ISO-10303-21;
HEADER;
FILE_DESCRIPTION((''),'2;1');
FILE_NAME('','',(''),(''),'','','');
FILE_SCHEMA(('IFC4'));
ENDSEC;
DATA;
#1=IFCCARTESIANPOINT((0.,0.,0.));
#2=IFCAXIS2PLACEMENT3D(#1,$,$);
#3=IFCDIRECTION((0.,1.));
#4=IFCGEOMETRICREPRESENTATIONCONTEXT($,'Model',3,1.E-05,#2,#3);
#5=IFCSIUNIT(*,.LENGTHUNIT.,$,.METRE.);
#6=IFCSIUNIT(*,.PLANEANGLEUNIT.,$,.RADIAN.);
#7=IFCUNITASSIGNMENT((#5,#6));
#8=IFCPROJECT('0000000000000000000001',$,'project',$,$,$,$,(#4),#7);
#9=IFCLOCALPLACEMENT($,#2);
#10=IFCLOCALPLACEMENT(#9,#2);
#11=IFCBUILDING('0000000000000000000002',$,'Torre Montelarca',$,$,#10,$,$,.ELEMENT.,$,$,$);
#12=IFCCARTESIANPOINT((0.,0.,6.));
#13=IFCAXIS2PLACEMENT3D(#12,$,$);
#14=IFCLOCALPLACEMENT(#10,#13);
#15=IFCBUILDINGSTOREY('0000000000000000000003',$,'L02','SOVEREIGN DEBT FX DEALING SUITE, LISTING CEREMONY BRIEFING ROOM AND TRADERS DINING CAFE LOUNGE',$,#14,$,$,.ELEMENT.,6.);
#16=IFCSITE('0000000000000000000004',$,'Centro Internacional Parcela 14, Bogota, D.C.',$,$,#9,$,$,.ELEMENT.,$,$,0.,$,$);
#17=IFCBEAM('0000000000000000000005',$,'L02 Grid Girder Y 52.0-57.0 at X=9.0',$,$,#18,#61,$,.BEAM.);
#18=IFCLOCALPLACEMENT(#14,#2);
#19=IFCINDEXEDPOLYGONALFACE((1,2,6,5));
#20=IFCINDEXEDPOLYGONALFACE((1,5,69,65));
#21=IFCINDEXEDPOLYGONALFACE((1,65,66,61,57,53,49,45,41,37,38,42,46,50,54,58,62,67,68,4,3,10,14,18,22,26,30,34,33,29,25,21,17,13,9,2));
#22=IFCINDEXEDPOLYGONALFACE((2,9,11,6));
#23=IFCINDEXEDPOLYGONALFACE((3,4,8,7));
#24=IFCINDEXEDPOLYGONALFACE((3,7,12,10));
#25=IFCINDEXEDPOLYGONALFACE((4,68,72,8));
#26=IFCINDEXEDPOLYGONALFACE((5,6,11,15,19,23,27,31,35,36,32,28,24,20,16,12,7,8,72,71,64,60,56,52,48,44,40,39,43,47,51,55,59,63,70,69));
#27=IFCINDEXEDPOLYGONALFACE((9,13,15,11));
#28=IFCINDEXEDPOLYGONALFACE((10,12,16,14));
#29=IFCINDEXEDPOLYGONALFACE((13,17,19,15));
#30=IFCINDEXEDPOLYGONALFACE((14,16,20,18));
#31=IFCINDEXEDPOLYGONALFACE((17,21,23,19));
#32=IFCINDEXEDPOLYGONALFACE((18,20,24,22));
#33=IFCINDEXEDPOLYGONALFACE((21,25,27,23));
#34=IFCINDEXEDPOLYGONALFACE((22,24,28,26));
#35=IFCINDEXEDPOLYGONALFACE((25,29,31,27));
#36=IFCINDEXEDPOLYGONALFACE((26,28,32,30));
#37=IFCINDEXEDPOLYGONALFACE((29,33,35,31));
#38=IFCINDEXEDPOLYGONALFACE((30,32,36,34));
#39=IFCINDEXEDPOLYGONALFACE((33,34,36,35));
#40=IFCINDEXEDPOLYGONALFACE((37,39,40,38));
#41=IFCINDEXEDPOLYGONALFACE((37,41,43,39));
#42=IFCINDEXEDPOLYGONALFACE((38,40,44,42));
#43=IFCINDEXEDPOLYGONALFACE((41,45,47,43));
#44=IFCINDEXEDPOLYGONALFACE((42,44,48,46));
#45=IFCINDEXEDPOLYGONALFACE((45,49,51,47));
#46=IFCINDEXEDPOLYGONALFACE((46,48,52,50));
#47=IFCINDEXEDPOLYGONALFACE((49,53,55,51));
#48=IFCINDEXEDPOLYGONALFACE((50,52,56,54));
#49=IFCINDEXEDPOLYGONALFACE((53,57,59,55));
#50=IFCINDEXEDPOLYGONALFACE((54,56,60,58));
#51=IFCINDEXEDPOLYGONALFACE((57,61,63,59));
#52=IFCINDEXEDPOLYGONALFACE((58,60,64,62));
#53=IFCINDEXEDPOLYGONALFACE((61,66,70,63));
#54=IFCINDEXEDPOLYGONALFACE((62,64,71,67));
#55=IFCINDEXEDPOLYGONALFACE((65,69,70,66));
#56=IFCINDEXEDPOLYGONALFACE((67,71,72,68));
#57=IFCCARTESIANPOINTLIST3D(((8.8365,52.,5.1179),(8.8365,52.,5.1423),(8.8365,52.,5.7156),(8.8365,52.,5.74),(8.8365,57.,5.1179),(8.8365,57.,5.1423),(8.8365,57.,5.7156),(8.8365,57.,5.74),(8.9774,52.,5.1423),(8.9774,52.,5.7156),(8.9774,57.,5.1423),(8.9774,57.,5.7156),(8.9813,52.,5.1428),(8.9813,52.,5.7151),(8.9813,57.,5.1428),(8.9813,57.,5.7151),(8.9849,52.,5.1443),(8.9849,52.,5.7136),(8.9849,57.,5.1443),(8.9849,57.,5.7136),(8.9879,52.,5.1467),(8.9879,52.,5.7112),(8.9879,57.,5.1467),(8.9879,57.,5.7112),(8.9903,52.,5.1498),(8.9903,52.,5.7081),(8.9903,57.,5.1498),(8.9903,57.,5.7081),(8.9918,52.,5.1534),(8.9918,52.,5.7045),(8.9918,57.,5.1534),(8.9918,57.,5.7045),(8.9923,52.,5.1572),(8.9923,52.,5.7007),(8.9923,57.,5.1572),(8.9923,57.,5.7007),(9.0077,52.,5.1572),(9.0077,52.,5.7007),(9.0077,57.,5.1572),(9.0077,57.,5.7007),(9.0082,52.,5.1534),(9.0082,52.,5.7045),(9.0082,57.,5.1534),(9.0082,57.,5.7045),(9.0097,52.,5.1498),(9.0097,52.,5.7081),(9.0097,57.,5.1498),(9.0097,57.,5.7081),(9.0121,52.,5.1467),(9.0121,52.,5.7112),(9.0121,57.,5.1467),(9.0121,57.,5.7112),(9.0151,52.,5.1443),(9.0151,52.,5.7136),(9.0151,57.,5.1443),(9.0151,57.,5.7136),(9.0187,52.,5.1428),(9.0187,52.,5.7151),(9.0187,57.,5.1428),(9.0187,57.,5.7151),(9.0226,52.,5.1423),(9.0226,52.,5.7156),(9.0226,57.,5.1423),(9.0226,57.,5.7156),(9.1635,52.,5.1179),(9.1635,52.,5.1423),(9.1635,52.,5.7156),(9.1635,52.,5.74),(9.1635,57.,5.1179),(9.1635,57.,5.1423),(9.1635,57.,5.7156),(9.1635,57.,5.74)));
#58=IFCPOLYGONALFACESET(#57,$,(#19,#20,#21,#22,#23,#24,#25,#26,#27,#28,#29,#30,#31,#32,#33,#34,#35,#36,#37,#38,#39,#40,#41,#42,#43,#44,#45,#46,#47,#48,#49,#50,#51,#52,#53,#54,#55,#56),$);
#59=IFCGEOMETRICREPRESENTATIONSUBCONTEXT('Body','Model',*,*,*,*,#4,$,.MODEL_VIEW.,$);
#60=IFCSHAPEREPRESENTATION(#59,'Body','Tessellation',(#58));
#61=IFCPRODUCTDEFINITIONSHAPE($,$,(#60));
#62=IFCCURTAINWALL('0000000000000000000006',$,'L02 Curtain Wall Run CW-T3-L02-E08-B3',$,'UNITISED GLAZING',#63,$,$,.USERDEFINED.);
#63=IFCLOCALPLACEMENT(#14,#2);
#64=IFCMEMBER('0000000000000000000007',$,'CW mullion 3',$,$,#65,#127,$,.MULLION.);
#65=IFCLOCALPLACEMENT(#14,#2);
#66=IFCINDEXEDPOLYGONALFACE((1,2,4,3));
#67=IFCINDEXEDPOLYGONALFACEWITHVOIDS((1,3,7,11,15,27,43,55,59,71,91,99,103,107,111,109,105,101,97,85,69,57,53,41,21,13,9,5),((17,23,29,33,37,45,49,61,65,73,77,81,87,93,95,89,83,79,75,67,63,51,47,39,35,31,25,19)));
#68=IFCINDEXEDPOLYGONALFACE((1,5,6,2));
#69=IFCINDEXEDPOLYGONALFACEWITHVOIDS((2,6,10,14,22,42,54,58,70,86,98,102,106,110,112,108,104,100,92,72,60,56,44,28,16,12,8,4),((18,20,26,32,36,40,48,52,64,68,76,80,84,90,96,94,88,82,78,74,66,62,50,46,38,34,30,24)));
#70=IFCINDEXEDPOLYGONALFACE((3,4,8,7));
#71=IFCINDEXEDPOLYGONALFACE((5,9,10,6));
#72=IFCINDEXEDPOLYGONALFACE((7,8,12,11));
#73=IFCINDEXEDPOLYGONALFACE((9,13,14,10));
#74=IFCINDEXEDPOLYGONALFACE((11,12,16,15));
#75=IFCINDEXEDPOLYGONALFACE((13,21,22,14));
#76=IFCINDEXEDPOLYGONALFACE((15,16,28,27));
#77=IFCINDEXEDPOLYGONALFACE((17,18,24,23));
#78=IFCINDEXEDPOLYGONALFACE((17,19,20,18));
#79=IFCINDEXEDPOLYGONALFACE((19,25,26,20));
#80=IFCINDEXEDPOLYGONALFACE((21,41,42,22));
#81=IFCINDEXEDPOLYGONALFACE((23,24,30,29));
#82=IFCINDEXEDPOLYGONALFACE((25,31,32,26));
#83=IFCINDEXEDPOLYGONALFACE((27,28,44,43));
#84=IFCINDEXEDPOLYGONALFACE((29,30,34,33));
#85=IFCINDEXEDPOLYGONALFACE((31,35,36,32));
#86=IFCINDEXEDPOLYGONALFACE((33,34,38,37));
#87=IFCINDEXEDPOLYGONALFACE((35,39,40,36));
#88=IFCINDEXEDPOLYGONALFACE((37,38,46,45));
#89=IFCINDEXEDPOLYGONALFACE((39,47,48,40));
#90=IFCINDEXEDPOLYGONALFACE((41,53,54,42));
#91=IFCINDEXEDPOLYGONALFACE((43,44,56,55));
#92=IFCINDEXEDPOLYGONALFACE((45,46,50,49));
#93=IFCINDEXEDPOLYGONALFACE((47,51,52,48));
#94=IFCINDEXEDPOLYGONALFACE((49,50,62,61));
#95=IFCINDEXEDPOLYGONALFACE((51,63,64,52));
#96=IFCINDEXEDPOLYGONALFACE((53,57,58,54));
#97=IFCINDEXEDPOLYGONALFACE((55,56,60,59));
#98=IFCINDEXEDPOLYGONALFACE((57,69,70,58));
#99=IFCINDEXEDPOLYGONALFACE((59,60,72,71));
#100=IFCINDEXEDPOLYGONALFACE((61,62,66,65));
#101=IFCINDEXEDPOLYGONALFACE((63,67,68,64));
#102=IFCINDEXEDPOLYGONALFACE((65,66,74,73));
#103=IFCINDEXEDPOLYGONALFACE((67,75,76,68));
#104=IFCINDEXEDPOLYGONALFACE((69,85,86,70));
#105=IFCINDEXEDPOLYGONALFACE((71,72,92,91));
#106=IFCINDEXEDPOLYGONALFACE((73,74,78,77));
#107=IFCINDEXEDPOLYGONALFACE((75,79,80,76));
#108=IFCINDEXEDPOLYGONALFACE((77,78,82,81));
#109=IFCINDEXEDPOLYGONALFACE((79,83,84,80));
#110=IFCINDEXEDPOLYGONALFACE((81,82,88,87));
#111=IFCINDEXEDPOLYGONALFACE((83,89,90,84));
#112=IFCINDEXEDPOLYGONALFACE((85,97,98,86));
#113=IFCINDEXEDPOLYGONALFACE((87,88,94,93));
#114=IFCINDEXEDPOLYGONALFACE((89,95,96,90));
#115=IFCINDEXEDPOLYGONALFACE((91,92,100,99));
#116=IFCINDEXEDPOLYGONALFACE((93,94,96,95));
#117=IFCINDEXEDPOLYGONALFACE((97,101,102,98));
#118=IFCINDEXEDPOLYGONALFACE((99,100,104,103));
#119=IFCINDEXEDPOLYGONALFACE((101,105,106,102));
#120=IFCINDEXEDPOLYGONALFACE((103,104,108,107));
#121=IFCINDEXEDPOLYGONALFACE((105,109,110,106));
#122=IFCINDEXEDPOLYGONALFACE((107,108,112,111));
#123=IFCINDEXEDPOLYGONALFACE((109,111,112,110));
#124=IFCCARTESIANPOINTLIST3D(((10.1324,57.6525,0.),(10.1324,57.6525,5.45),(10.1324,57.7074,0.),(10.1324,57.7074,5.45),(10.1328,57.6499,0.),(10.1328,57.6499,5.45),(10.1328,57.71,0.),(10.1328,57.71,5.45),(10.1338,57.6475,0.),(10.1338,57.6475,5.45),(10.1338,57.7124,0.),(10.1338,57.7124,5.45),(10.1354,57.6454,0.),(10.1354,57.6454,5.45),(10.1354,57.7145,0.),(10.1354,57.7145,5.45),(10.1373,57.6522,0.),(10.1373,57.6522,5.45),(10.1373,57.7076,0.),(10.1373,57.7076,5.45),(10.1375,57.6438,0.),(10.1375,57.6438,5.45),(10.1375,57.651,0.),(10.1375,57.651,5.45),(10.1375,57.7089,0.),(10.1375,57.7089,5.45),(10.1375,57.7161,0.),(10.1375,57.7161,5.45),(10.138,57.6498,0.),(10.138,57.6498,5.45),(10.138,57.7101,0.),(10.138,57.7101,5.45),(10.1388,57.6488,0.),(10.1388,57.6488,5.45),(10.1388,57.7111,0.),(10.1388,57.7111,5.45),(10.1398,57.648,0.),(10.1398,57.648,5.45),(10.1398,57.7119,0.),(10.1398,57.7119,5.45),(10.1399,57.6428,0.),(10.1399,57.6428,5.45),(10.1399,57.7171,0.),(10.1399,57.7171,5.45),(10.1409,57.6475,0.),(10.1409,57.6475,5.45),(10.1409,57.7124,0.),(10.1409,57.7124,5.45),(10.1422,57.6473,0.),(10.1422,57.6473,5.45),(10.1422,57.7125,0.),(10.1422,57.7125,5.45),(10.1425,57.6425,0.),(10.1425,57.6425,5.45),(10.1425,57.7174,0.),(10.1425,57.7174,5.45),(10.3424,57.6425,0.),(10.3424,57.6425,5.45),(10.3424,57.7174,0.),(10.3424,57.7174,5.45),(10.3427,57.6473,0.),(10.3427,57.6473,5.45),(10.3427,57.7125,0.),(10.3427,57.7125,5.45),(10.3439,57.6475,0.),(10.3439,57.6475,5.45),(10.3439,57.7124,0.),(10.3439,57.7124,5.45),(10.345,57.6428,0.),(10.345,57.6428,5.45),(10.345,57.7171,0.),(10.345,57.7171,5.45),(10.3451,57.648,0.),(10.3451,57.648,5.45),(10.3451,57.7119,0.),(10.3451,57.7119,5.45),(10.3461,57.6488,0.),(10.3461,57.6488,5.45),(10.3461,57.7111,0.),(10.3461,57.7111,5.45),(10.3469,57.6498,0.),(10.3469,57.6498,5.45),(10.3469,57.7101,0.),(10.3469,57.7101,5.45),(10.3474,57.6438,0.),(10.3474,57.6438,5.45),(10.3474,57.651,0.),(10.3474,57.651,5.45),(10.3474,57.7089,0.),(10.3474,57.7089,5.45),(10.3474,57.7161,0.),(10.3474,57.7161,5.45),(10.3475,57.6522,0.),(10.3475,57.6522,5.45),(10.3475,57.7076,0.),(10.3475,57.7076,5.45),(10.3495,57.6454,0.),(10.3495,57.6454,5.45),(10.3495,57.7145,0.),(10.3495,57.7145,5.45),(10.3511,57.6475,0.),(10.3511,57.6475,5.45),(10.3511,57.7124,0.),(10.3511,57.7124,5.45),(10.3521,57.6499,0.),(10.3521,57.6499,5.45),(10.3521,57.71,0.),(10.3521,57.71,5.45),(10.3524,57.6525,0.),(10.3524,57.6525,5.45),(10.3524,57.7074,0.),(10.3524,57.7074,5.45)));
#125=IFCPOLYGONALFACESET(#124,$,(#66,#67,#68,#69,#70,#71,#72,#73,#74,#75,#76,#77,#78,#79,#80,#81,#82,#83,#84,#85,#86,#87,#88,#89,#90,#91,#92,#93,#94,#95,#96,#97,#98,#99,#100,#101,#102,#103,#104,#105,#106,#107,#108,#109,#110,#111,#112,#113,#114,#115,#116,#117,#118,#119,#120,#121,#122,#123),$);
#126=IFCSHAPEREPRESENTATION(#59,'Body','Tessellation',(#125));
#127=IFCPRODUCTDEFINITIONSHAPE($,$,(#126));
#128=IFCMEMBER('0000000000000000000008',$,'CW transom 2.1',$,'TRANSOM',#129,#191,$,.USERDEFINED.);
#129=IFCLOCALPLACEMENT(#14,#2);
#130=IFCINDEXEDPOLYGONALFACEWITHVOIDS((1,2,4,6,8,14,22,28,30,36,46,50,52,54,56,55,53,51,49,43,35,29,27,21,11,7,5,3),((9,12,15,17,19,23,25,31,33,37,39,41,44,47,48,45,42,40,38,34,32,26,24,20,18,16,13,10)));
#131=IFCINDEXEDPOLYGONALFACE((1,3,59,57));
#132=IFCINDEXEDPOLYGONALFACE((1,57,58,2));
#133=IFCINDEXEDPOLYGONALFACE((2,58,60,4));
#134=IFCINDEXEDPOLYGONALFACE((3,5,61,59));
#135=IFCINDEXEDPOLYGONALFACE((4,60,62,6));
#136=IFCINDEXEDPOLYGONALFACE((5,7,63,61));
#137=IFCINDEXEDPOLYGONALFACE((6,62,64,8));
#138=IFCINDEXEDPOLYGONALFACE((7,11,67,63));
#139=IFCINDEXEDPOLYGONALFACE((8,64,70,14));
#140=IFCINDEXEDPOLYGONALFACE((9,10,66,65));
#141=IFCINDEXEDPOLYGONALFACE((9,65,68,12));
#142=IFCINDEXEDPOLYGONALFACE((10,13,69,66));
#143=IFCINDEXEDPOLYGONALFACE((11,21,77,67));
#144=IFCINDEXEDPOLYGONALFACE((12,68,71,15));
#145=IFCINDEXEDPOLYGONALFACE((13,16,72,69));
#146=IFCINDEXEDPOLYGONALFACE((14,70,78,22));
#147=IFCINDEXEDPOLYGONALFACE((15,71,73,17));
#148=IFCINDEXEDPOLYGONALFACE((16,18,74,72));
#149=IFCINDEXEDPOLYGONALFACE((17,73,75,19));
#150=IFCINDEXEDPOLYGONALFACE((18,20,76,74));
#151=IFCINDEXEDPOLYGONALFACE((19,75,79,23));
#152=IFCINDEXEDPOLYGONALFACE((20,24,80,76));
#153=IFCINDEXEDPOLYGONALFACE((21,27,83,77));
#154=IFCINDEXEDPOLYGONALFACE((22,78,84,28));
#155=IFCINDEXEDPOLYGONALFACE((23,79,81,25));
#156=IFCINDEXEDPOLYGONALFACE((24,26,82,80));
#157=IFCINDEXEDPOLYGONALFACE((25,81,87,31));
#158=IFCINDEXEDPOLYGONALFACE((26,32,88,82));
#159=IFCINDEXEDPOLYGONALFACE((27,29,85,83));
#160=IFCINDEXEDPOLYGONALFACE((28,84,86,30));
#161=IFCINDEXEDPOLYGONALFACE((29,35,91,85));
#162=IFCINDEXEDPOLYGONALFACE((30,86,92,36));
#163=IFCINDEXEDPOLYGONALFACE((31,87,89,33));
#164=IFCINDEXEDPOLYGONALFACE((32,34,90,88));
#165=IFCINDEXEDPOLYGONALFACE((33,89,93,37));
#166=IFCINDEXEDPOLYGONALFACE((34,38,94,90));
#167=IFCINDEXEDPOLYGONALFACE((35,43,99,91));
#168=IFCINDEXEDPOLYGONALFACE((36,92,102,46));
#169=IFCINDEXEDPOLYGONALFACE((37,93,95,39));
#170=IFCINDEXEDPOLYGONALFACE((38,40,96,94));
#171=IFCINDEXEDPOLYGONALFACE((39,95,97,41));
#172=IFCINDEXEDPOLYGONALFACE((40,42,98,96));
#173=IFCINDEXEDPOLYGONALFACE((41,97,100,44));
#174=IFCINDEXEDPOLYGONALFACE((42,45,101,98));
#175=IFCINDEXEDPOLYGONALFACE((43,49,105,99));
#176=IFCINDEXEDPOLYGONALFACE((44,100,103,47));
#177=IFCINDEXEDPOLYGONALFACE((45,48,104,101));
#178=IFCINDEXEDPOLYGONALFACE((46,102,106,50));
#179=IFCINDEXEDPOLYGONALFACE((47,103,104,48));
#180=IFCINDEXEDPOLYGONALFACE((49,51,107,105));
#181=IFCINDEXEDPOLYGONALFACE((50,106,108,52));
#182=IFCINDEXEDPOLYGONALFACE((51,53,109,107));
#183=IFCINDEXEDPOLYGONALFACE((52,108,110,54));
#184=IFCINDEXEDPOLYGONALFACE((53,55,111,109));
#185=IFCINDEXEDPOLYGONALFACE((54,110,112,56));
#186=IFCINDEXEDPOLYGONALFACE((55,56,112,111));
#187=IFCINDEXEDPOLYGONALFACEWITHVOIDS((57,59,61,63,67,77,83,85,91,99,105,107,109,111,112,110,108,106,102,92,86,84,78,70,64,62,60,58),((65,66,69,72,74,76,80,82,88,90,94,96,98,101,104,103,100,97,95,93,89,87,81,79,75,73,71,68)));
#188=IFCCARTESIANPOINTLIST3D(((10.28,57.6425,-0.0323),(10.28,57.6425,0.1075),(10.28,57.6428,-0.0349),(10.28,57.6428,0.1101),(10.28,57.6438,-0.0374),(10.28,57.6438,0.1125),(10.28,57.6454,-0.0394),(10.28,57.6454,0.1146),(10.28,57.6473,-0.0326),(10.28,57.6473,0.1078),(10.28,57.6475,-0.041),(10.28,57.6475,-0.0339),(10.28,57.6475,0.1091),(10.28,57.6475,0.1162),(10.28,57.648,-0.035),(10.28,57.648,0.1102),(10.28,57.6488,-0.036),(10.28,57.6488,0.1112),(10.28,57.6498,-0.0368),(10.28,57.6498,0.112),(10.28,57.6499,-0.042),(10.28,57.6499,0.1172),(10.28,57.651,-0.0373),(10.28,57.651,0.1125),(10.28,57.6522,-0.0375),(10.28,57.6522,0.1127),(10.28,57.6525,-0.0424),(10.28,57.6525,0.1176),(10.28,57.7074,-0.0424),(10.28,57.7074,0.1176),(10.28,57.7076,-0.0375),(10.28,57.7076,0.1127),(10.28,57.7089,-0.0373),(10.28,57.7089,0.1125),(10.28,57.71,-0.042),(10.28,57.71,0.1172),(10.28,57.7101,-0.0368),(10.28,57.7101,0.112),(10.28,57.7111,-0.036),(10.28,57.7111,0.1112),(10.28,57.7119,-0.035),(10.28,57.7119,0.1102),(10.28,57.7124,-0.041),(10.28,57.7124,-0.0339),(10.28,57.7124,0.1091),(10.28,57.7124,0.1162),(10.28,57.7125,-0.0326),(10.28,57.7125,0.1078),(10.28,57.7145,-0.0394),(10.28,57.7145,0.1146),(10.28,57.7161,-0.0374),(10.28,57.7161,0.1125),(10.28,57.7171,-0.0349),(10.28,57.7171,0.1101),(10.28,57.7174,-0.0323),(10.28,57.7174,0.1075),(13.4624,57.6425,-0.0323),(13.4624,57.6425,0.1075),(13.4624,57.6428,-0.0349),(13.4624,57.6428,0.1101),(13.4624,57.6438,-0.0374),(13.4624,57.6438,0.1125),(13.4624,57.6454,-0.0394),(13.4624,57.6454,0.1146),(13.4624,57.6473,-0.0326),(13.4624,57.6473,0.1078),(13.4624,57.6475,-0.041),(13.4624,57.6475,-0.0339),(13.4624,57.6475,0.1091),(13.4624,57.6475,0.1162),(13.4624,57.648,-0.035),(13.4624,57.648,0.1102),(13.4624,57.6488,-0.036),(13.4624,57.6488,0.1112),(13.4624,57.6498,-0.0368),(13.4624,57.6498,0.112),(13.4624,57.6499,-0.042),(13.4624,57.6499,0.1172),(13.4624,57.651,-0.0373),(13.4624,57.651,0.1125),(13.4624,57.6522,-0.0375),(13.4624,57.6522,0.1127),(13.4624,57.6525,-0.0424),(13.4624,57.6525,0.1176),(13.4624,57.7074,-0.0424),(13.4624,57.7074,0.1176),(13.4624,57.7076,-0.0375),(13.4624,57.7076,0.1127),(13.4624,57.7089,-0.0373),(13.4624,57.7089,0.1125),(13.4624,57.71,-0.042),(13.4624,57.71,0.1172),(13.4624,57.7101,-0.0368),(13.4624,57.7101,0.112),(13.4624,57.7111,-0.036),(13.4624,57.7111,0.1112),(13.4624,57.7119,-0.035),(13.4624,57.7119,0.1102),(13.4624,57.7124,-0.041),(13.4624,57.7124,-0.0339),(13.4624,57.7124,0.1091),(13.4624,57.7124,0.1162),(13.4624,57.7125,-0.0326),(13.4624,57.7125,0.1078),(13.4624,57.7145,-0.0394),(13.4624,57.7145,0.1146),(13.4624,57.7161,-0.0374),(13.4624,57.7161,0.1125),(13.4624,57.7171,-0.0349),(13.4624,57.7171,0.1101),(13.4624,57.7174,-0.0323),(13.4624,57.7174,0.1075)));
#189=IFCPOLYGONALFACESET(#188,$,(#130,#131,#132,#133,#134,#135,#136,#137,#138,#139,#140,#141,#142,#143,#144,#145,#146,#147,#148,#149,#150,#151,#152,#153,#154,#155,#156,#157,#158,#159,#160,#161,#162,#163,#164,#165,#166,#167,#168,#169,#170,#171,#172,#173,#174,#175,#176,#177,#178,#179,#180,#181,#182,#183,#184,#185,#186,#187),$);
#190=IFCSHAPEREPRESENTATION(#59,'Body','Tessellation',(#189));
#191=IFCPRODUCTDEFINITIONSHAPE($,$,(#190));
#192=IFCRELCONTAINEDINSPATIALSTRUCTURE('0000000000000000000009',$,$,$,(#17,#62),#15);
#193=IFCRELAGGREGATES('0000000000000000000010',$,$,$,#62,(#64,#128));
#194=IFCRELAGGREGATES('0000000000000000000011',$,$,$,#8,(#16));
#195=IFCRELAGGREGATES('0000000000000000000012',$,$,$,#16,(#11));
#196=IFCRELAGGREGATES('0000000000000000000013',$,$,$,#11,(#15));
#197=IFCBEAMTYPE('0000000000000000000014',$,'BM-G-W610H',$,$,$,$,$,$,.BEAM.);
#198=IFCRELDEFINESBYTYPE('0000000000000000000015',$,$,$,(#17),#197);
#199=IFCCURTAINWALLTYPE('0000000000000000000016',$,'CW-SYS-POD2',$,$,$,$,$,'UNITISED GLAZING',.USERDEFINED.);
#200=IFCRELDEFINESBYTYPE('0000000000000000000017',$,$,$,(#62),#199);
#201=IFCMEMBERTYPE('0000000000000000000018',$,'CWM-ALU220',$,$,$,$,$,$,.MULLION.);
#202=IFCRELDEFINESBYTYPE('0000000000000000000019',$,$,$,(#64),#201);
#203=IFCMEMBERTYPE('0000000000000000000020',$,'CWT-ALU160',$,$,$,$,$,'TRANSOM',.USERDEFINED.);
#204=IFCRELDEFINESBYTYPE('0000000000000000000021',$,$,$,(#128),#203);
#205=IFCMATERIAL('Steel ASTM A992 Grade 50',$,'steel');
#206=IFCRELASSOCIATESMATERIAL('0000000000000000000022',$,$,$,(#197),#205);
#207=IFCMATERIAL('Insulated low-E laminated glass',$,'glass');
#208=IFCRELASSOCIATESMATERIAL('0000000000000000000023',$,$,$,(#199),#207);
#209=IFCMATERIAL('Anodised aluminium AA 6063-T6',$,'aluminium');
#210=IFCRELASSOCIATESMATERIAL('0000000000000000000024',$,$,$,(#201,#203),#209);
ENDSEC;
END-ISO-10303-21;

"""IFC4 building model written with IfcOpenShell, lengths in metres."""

from ifc_helpers import new_model, si_unit, direction, frame, origin, origin_2d, place, context, subcontext, project, spatial, hollow_rectangle, i_section, extrude, source, transform, mapped, material, material_profile, profile_set, type_object, element, aggregate, save


model = new_model("IFC4")

# Units and contexts
model_context = context("Model", 3, precision=1e-05, world=origin(), true_north=direction((0.0, 1.0)))
body_context = subcontext(model_context, "Body", "Model", "MODEL_VIEW")
ifc_project = project(units=[si_unit("LENGTHUNIT", "METRE"), si_unit("PLANEANGLEUNIT", "RADIAN")], contexts=[model_context])

# Site, building, storey
site_placement = place(None, origin())
site = spatial("IfcSite", under=ifc_project, at=site_placement, Name="Centro Internacional Parcela 14, Bogota, D.C.", CompositionType="ELEMENT", RefElevation=0.0)
building_placement = place(site_placement, origin())
building = spatial("IfcBuilding", under=site, at=building_placement, Name="Torre Montelarca", CompositionType="ELEMENT")
storey_placement = place(building_placement, frame((0.0, 0.0, 6.0)))
storey = spatial("IfcBuildingStorey", under=building, at=storey_placement, Name="L02", Description="SOVEREIGN DEBT FX DEALING SUITE, LISTING CEREMONY BRIEFING ROOM AND TRADERS DINING CAFE LOUNGE", CompositionType="ELEMENT", Elevation=6.0)

# Beam
ifc_material_1 = material(Name="Steel ASTM A992 Grade 50", Category="steel")
ifc_material_profile_1 = material_profile(ifc_material_1, i_section(OverallWidth=0.3269, OverallDepth=0.6221, WebThickness=0.0154, FlangeThickness=0.0244, FilletRadius=0.0149, at=origin_2d()), Name="W610X195", Category="steel")
ifc_profile_set_1 = profile_set([ifc_material_profile_1], Name="Steel ASTM A992 Grade 50")
beam_type_1 = type_object("IfcBeamType", Name="BM-G-W610H", PredefinedType="BEAM", material=ifc_profile_set_1)
shared_shape_1 = source(origin(), body_context, "Body", "SweptSolid", [
    extrude(i_section(OverallWidth=0.3269, OverallDepth=0.6221, WebThickness=0.0154, FlangeThickness=0.0244, FilletRadius=0.0149, at=origin_2d()), origin(), (0.0, 0.0, 1.0), 5.0),
])
beam_1_placement = place(storey_placement, frame((9.0, 52.0, 5.429), z_axis=(0.0, 1.0, 0.0), x_axis=(-1.0, 0.0, 0.0)))
element("IfcBeam", 1, at=beam_1_placement, inside=storey, type_object=beam_type_1, Name="L02 Grid Girder Y 52.0-57.0 at X=9.0", PredefinedType="BEAM", context=body_context, shape_type="MappedRepresentation", body=[
    mapped(shared_shape_1, transform((0.0, 0.0, 0.0), scale=1.0)),
])

# Curtain wall, members
ifc_material_2 = material(Name="Insulated low-E laminated glass", Category="glass")
curtain_wall_type = type_object("IfcCurtainWallType", Name="CW-SYS-POD2", ElementType="UNITISED GLAZING", PredefinedType="USERDEFINED", material=ifc_material_2)
curtain_wall_placement = place(storey_placement, origin())
curtain_wall = element("IfcCurtainWall", 2, at=curtain_wall_placement, inside=storey, type_object=curtain_wall_type, Name="L02 Curtain Wall Run CW-T3-L02-E08-B3", ObjectType="UNITISED GLAZING", PredefinedType="USERDEFINED")
ifc_material_3 = material(Name="Anodised aluminium AA 6063-T6", Category="aluminium")
ifc_material_profile_2 = material_profile(ifc_material_3, hollow_rectangle(XDim=0.075, YDim=0.22, WallThickness=0.0049, InnerFilletRadius=0.0049, OuterFilletRadius=0.01, at=origin_2d()), Name="ALU75X220X5", Category="aluminium")
ifc_profile_set_2 = profile_set([ifc_material_profile_2], Name="Anodised aluminium AA 6063-T6")
member_type_1 = type_object("IfcMemberType", Name="CWM-ALU220", PredefinedType="MULLION", material=ifc_profile_set_2)
shared_shape_2 = source(origin(), body_context, "Body", "SweptSolid", [
    extrude(hollow_rectangle(XDim=0.075, YDim=0.22, WallThickness=0.0049, InnerFilletRadius=0.0049, OuterFilletRadius=0.01, at=origin_2d()), origin(), (0.0, 0.0, 1.0), 5.45),
])
member_1_placement = place(storey_placement, frame((10.2424, 57.6799, 0.0), z_axis=(0.0, 0.0, 1.0), x_axis=(0.0, -1.0, 0.0)))
member_1 = element("IfcMember", 3, at=member_1_placement, type_object=member_type_1, Name="CW mullion 3", PredefinedType="MULLION", context=body_context, shape_type="MappedRepresentation", body=[
    mapped(shared_shape_2, transform((0.0, 0.0, 0.0), scale=1.0)),
])
ifc_material_profile_3 = material_profile(ifc_material_3, hollow_rectangle(XDim=0.075, YDim=0.1599, WallThickness=0.0049, InnerFilletRadius=0.0049, OuterFilletRadius=0.01, at=origin_2d()), Name="ALU75X160X5", Category="aluminium")
ifc_profile_set_3 = profile_set([ifc_material_profile_3], Name="Anodised aluminium AA 6063-T6")
member_type_2 = type_object("IfcMemberType", Name="CWT-ALU160", ElementType="TRANSOM", PredefinedType="USERDEFINED", material=ifc_profile_set_3)
shared_shape_3 = source(origin(), body_context, "Body", "SweptSolid", [
    extrude(hollow_rectangle(XDim=0.075, YDim=0.1599, WallThickness=0.0049, InnerFilletRadius=0.0049, OuterFilletRadius=0.01, at=origin_2d()), origin(), (0.0, 0.0, 1.0), 3.1824),
])
member_2_placement = place(storey_placement, frame((13.4624, 57.6799, 0.0376), z_axis=(-1.0, 0.0, 0.0), x_axis=(0.0, -1.0, 0.0)))
member_2 = element("IfcMember", 4, at=member_2_placement, type_object=member_type_2, Name="CW transom 2.1", ObjectType="TRANSOM", PredefinedType="USERDEFINED", context=body_context, shape_type="MappedRepresentation", body=[
    mapped(shared_shape_3, transform((0.0, 0.0, 0.0), scale=1.0)),
])
aggregate(curtain_wall, [member_1, member_2])

save(model, "model.ifc")
